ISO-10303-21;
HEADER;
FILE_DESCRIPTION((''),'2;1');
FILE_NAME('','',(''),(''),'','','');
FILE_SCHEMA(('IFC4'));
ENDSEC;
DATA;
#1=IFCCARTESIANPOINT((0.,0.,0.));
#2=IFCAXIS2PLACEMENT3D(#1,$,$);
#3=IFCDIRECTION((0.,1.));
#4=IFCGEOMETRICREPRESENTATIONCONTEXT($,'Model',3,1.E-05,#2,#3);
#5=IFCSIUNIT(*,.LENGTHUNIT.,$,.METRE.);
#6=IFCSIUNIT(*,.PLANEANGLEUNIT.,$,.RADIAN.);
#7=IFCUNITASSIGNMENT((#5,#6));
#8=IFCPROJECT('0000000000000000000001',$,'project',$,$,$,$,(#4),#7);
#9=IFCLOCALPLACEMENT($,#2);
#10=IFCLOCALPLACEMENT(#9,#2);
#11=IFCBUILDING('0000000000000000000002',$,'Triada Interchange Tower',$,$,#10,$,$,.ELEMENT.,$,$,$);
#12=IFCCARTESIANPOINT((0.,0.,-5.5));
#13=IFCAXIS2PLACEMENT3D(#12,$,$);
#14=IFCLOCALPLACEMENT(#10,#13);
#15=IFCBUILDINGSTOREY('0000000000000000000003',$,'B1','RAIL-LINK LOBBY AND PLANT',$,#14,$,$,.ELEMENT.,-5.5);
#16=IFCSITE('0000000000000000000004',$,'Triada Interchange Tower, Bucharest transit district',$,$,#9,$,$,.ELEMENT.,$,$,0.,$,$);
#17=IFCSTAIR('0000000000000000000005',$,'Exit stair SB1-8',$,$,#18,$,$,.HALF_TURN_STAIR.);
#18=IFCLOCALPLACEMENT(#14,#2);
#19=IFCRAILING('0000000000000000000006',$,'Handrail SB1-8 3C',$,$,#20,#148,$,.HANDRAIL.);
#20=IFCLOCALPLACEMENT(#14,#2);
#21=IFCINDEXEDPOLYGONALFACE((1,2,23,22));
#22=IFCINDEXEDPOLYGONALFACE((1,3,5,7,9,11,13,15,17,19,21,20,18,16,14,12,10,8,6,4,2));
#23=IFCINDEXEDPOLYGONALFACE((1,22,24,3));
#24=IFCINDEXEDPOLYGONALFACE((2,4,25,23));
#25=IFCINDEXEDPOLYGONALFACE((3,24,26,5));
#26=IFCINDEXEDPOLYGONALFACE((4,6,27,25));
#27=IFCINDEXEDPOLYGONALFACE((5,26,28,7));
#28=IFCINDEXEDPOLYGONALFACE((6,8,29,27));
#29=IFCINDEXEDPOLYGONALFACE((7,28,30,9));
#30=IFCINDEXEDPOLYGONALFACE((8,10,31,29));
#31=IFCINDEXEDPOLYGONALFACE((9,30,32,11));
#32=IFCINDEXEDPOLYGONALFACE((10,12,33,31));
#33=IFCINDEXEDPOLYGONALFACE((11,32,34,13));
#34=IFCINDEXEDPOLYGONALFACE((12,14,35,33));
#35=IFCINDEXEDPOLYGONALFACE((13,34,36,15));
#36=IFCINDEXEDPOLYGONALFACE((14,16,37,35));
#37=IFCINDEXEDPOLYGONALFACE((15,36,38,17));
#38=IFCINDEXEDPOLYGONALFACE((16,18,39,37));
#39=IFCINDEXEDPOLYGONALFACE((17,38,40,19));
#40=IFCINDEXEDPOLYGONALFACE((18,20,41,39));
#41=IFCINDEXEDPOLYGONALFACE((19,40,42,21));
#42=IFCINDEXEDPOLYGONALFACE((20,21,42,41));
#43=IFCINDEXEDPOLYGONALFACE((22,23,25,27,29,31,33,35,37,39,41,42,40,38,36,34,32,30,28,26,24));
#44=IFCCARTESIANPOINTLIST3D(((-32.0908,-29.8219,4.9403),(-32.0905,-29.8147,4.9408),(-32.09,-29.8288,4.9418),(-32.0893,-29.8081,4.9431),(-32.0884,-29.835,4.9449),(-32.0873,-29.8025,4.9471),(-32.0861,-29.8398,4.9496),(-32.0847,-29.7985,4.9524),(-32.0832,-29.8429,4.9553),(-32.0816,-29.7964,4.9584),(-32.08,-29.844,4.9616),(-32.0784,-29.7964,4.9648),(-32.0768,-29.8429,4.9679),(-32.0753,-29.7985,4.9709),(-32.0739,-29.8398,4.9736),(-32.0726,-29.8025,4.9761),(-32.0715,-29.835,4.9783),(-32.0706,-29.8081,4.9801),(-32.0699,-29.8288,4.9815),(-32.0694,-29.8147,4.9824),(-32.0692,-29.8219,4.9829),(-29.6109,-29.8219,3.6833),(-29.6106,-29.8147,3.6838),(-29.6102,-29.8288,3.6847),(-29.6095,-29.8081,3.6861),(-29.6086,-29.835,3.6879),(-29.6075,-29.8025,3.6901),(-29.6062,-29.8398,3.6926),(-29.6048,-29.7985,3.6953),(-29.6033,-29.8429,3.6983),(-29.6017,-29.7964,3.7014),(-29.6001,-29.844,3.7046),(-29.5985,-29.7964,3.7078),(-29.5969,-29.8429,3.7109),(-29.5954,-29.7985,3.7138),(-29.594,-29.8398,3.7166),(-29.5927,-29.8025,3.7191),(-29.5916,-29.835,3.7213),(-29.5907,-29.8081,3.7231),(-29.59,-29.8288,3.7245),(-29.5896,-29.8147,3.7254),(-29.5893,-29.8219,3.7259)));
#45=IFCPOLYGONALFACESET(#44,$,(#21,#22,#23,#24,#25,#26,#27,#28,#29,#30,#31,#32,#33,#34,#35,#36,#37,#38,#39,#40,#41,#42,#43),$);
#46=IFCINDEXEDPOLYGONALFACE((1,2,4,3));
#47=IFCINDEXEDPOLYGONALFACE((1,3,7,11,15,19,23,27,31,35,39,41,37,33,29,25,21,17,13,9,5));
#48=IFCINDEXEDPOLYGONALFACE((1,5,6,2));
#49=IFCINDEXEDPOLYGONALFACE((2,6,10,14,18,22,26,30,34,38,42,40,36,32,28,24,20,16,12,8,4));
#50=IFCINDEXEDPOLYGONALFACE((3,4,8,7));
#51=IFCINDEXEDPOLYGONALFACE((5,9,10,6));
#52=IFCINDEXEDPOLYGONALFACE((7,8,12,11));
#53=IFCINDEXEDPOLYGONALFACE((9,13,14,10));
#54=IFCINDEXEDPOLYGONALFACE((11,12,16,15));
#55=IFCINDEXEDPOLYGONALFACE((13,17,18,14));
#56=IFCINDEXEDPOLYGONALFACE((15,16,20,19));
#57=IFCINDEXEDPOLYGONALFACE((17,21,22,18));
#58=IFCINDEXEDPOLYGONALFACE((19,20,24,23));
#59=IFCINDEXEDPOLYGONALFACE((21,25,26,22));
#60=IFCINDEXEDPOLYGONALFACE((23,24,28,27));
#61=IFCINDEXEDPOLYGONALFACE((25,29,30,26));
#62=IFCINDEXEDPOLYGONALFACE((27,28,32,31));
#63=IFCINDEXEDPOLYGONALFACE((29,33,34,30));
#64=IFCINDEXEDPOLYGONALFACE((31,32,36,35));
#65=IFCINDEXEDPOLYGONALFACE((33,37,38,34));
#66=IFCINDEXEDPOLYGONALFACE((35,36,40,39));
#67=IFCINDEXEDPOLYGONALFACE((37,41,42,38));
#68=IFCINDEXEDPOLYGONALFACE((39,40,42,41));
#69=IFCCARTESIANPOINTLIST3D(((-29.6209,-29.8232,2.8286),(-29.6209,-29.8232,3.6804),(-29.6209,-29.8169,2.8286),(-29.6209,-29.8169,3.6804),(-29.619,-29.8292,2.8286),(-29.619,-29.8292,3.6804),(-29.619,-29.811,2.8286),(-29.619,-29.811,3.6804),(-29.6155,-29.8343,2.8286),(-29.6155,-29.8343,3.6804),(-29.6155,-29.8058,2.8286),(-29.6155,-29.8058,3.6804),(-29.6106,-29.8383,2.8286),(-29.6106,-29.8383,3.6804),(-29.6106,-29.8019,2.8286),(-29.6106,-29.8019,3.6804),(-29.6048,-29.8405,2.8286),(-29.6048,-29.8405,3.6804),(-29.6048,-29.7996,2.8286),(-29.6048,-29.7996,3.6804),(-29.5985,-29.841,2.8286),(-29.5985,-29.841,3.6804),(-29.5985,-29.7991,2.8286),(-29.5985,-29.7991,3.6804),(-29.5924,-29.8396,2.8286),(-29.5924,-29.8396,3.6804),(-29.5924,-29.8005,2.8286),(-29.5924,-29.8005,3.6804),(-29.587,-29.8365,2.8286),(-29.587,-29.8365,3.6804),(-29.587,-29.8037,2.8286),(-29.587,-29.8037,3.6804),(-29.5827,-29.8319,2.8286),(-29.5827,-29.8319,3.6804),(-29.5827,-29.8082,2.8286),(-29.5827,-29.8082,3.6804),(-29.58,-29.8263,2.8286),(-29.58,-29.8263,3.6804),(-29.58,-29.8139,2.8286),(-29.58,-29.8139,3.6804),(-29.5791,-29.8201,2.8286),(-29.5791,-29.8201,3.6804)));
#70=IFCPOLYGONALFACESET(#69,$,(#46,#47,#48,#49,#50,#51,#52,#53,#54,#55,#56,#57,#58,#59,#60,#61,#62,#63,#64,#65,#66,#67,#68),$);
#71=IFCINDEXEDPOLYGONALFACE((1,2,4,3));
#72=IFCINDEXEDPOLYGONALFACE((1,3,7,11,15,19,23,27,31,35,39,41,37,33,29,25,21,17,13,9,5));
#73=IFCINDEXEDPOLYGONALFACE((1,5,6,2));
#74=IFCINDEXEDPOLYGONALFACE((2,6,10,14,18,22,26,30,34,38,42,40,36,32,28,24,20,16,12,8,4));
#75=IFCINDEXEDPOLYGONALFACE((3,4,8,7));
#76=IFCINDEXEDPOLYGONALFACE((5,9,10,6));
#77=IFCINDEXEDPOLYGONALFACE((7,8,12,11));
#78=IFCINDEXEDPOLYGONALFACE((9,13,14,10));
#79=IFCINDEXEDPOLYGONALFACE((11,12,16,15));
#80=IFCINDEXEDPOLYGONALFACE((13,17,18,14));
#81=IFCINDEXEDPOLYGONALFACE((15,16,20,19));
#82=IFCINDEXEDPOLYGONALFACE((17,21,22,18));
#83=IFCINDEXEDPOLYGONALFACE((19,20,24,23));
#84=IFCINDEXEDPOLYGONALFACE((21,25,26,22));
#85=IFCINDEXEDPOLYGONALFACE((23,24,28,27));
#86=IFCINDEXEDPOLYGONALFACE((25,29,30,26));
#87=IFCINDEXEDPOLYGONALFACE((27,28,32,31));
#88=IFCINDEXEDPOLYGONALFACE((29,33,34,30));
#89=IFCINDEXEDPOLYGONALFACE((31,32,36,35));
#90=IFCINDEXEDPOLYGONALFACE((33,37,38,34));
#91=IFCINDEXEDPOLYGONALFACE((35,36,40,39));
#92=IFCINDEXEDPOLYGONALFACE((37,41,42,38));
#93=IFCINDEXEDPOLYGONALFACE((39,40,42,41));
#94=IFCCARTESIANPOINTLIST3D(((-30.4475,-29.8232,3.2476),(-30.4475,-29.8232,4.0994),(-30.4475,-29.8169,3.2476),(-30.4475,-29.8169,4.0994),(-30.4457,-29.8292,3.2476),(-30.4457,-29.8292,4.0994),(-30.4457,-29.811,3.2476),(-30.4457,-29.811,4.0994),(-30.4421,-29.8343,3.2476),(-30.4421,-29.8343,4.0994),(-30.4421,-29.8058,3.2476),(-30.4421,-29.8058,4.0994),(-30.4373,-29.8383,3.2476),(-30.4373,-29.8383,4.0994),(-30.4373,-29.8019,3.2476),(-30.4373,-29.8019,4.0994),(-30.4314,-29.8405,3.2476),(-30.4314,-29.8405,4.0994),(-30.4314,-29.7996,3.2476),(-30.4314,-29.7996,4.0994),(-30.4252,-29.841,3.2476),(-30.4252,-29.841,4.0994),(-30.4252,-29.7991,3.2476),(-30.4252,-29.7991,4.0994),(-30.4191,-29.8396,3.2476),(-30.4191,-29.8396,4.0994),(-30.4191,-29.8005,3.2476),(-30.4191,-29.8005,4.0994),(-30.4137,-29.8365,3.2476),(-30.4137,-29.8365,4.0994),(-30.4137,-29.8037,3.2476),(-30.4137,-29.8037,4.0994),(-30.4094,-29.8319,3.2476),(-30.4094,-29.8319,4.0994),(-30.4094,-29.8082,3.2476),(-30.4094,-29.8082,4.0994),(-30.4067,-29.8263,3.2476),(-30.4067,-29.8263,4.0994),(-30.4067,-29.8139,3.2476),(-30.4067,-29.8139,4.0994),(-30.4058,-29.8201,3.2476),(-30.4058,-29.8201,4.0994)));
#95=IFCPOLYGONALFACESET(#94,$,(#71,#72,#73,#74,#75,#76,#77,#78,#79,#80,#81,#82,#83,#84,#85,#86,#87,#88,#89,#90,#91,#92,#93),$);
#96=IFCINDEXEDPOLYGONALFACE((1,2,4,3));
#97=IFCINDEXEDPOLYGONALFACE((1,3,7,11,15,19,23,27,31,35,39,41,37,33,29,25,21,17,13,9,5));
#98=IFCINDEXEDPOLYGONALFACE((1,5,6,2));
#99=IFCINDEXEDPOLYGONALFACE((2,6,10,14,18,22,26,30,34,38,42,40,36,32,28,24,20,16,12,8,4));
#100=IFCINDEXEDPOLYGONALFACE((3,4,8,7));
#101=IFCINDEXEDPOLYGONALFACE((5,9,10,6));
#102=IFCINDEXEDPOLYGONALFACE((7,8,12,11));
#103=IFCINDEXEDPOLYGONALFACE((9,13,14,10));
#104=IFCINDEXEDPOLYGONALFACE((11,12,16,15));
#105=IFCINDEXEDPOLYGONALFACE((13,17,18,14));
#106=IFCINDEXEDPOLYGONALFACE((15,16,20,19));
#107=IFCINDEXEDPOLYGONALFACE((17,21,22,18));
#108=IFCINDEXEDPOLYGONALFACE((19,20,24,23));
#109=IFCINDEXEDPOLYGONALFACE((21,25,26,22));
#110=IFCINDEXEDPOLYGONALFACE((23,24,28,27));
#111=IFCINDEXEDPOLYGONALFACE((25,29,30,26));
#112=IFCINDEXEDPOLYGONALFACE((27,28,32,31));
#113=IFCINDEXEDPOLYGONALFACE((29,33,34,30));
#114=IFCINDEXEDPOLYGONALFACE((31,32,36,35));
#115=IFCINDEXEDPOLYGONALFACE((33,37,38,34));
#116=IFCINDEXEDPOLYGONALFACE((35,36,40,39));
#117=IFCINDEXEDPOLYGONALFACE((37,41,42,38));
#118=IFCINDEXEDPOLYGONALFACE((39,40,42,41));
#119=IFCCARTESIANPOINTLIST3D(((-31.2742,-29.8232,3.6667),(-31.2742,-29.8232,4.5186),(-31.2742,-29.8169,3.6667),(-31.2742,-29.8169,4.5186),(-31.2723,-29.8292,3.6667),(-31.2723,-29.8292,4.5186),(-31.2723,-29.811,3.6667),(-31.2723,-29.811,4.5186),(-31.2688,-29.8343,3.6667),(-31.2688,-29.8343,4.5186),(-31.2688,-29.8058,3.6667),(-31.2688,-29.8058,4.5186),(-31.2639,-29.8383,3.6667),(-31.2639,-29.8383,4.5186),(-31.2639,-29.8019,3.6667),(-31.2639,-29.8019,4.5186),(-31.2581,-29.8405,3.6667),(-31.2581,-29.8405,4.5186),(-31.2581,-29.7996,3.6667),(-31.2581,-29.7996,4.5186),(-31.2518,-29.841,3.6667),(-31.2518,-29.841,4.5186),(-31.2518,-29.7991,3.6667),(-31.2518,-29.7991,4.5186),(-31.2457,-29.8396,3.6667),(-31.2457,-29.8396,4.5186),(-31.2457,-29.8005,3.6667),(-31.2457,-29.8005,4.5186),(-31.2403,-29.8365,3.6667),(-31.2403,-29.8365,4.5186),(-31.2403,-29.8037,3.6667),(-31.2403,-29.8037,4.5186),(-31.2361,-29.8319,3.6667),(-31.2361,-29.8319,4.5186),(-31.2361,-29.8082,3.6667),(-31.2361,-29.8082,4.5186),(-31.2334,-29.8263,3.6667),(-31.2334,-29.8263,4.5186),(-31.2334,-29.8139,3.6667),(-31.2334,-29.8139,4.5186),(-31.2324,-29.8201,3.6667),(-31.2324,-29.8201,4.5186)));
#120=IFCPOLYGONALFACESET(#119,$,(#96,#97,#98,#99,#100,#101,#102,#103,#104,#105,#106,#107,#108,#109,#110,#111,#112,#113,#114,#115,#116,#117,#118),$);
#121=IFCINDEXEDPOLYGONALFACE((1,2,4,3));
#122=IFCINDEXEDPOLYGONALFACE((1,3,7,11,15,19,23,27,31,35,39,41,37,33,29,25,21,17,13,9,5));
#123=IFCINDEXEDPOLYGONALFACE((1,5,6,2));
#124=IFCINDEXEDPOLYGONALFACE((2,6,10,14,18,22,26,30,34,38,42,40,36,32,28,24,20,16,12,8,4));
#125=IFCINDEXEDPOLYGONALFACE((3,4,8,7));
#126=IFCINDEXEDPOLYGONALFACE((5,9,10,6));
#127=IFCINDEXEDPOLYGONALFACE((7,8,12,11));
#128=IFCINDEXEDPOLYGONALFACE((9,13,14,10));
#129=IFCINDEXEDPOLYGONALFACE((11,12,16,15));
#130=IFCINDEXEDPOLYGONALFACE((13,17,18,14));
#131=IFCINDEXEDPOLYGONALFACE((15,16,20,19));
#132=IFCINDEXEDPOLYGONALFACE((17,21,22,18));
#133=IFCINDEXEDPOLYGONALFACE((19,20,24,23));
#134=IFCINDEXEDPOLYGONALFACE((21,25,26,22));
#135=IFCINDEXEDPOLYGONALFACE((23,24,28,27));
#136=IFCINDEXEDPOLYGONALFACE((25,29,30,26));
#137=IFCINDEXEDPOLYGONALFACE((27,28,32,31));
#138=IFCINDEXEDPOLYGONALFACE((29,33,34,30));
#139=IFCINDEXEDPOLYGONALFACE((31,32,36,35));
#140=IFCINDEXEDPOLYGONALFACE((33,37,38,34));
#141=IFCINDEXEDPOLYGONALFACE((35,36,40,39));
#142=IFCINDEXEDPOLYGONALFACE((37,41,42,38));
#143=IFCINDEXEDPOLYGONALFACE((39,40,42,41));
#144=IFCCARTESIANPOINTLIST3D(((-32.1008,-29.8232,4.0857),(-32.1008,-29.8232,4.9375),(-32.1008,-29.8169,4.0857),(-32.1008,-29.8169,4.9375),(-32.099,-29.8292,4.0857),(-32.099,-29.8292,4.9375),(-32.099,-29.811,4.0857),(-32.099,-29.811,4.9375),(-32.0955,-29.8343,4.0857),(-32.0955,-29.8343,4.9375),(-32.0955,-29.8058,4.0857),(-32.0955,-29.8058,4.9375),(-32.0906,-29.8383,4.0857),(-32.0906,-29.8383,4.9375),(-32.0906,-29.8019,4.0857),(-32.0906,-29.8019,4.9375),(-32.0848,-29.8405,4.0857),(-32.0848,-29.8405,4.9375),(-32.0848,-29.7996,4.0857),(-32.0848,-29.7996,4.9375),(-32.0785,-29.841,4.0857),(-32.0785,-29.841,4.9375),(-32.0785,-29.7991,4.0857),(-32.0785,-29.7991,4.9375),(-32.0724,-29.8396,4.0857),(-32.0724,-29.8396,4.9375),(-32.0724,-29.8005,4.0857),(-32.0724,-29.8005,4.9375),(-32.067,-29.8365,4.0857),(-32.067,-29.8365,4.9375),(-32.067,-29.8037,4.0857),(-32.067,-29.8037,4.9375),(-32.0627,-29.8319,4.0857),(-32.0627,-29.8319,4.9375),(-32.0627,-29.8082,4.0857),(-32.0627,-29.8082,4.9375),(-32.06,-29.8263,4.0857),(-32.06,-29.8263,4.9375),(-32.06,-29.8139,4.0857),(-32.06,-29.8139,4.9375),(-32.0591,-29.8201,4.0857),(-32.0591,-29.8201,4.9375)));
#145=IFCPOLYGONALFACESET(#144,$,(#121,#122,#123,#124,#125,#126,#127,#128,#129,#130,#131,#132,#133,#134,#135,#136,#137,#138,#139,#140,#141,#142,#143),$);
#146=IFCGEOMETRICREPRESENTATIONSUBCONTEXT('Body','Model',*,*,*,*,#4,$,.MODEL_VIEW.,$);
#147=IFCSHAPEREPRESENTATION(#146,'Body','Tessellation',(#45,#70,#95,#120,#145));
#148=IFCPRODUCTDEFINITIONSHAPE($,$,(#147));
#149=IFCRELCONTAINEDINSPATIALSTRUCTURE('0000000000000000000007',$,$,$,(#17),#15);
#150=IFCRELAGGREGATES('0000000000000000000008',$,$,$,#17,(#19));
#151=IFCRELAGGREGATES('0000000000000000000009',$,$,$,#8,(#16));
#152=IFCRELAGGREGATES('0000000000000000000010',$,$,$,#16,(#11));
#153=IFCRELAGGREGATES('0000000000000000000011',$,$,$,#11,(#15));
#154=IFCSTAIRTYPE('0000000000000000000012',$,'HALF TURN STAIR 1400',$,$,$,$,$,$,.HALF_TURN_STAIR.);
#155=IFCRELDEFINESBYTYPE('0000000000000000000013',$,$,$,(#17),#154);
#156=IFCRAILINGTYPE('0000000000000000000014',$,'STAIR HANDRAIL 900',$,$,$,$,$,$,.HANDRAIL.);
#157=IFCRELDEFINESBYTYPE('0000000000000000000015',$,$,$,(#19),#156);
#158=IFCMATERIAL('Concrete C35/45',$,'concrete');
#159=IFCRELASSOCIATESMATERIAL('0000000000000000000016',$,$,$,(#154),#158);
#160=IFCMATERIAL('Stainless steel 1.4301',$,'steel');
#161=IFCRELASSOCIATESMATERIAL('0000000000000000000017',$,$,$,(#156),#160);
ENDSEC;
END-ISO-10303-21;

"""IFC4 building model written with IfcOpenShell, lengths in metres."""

from ifc_helpers import new_model, si_unit, direction, frame, origin, origin_2d, place, context, subcontext, project, spatial, circle, extrude, material, type_object, element, aggregate, save


model = new_model("IFC4")

# Units and contexts
model_context = context("Model", 3, precision=1e-05, world=origin(), true_north=direction((0.0, 1.0)))
body_context = subcontext(model_context, "Body", "Model", "MODEL_VIEW")
ifc_project = project(units=[si_unit("LENGTHUNIT", "METRE"), si_unit("PLANEANGLEUNIT", "RADIAN")], contexts=[model_context])

# Site, building, storey
site_placement = place(None, origin())
site = spatial("IfcSite", under=ifc_project, at=site_placement, Name="Triada Interchange Tower, Bucharest transit district", CompositionType="ELEMENT", RefElevation=0.0)
building_placement = place(site_placement, origin())
building = spatial("IfcBuilding", under=site, at=building_placement, Name="Triada Interchange Tower", CompositionType="ELEMENT")
storey_placement = place(building_placement, frame((0.0, 0.0, -5.5)))
storey = spatial("IfcBuildingStorey", under=building, at=storey_placement, Name="B1", Description="RAIL-LINK LOBBY AND PLANT", CompositionType="ELEMENT", Elevation=-5.5)

# Shared definitions
ifc_material_1 = material(Name="Concrete C35/45", Category="concrete")

# Stair, railing
stair_type = type_object("IfcStairType", Name="HALF TURN STAIR 1400", PredefinedType="HALF_TURN_STAIR", material=ifc_material_1)
stair_placement = place(storey_placement, origin())
stair = element("IfcStair", 1, at=stair_placement, inside=storey, type_object=stair_type, Name="Exit stair SB1-8", PredefinedType="HALF_TURN_STAIR")
ifc_material_2 = material(Name="Stainless steel 1.4301", Category="steel")
railing_type_1 = type_object("IfcRailingType", Name="STAIR HANDRAIL 900", PredefinedType="HANDRAIL", material=ifc_material_2)
railing_1_placement = place(storey_placement, frame((-29.6001, -29.8201, 2.8286)))
railing_1 = element("IfcRailing", 2, at=railing_1_placement, type_object=railing_type_1, Name="Handrail SB1-8 3C", PredefinedType="HANDRAIL", context=body_context, shape_type="SweptSolid", body=[
    extrude(circle(Radius=0.0239, at=origin_2d()), frame((0.0, 0.0, 0.876), z_axis=(-0.891955, 0.0, 0.452124), x_axis=(0.0, -1.0, 0.0)), (0.0, 0.0, 1.0), 2.7803),
    extrude(circle(Radius=0.021, at=origin_2d()), origin(), (0.0, 0.0, 1.0), 0.8518),
    extrude(circle(Radius=0.021, at=origin_2d()), frame((-0.8267, 0.0, 0.4189)), (0.0, 0.0, 1.0), 0.8518),
    extrude(circle(Radius=0.021, at=origin_2d()), frame((-1.6533, 0.0, 0.8381)), (0.0, 0.0, 1.0), 0.8518),
    extrude(circle(Radius=0.021, at=origin_2d()), frame((-2.48, 0.0, 1.2571)), (0.0, 0.0, 1.0), 0.8518),
])
aggregate(stair, [railing_1])

save(model, "model.ifc")
